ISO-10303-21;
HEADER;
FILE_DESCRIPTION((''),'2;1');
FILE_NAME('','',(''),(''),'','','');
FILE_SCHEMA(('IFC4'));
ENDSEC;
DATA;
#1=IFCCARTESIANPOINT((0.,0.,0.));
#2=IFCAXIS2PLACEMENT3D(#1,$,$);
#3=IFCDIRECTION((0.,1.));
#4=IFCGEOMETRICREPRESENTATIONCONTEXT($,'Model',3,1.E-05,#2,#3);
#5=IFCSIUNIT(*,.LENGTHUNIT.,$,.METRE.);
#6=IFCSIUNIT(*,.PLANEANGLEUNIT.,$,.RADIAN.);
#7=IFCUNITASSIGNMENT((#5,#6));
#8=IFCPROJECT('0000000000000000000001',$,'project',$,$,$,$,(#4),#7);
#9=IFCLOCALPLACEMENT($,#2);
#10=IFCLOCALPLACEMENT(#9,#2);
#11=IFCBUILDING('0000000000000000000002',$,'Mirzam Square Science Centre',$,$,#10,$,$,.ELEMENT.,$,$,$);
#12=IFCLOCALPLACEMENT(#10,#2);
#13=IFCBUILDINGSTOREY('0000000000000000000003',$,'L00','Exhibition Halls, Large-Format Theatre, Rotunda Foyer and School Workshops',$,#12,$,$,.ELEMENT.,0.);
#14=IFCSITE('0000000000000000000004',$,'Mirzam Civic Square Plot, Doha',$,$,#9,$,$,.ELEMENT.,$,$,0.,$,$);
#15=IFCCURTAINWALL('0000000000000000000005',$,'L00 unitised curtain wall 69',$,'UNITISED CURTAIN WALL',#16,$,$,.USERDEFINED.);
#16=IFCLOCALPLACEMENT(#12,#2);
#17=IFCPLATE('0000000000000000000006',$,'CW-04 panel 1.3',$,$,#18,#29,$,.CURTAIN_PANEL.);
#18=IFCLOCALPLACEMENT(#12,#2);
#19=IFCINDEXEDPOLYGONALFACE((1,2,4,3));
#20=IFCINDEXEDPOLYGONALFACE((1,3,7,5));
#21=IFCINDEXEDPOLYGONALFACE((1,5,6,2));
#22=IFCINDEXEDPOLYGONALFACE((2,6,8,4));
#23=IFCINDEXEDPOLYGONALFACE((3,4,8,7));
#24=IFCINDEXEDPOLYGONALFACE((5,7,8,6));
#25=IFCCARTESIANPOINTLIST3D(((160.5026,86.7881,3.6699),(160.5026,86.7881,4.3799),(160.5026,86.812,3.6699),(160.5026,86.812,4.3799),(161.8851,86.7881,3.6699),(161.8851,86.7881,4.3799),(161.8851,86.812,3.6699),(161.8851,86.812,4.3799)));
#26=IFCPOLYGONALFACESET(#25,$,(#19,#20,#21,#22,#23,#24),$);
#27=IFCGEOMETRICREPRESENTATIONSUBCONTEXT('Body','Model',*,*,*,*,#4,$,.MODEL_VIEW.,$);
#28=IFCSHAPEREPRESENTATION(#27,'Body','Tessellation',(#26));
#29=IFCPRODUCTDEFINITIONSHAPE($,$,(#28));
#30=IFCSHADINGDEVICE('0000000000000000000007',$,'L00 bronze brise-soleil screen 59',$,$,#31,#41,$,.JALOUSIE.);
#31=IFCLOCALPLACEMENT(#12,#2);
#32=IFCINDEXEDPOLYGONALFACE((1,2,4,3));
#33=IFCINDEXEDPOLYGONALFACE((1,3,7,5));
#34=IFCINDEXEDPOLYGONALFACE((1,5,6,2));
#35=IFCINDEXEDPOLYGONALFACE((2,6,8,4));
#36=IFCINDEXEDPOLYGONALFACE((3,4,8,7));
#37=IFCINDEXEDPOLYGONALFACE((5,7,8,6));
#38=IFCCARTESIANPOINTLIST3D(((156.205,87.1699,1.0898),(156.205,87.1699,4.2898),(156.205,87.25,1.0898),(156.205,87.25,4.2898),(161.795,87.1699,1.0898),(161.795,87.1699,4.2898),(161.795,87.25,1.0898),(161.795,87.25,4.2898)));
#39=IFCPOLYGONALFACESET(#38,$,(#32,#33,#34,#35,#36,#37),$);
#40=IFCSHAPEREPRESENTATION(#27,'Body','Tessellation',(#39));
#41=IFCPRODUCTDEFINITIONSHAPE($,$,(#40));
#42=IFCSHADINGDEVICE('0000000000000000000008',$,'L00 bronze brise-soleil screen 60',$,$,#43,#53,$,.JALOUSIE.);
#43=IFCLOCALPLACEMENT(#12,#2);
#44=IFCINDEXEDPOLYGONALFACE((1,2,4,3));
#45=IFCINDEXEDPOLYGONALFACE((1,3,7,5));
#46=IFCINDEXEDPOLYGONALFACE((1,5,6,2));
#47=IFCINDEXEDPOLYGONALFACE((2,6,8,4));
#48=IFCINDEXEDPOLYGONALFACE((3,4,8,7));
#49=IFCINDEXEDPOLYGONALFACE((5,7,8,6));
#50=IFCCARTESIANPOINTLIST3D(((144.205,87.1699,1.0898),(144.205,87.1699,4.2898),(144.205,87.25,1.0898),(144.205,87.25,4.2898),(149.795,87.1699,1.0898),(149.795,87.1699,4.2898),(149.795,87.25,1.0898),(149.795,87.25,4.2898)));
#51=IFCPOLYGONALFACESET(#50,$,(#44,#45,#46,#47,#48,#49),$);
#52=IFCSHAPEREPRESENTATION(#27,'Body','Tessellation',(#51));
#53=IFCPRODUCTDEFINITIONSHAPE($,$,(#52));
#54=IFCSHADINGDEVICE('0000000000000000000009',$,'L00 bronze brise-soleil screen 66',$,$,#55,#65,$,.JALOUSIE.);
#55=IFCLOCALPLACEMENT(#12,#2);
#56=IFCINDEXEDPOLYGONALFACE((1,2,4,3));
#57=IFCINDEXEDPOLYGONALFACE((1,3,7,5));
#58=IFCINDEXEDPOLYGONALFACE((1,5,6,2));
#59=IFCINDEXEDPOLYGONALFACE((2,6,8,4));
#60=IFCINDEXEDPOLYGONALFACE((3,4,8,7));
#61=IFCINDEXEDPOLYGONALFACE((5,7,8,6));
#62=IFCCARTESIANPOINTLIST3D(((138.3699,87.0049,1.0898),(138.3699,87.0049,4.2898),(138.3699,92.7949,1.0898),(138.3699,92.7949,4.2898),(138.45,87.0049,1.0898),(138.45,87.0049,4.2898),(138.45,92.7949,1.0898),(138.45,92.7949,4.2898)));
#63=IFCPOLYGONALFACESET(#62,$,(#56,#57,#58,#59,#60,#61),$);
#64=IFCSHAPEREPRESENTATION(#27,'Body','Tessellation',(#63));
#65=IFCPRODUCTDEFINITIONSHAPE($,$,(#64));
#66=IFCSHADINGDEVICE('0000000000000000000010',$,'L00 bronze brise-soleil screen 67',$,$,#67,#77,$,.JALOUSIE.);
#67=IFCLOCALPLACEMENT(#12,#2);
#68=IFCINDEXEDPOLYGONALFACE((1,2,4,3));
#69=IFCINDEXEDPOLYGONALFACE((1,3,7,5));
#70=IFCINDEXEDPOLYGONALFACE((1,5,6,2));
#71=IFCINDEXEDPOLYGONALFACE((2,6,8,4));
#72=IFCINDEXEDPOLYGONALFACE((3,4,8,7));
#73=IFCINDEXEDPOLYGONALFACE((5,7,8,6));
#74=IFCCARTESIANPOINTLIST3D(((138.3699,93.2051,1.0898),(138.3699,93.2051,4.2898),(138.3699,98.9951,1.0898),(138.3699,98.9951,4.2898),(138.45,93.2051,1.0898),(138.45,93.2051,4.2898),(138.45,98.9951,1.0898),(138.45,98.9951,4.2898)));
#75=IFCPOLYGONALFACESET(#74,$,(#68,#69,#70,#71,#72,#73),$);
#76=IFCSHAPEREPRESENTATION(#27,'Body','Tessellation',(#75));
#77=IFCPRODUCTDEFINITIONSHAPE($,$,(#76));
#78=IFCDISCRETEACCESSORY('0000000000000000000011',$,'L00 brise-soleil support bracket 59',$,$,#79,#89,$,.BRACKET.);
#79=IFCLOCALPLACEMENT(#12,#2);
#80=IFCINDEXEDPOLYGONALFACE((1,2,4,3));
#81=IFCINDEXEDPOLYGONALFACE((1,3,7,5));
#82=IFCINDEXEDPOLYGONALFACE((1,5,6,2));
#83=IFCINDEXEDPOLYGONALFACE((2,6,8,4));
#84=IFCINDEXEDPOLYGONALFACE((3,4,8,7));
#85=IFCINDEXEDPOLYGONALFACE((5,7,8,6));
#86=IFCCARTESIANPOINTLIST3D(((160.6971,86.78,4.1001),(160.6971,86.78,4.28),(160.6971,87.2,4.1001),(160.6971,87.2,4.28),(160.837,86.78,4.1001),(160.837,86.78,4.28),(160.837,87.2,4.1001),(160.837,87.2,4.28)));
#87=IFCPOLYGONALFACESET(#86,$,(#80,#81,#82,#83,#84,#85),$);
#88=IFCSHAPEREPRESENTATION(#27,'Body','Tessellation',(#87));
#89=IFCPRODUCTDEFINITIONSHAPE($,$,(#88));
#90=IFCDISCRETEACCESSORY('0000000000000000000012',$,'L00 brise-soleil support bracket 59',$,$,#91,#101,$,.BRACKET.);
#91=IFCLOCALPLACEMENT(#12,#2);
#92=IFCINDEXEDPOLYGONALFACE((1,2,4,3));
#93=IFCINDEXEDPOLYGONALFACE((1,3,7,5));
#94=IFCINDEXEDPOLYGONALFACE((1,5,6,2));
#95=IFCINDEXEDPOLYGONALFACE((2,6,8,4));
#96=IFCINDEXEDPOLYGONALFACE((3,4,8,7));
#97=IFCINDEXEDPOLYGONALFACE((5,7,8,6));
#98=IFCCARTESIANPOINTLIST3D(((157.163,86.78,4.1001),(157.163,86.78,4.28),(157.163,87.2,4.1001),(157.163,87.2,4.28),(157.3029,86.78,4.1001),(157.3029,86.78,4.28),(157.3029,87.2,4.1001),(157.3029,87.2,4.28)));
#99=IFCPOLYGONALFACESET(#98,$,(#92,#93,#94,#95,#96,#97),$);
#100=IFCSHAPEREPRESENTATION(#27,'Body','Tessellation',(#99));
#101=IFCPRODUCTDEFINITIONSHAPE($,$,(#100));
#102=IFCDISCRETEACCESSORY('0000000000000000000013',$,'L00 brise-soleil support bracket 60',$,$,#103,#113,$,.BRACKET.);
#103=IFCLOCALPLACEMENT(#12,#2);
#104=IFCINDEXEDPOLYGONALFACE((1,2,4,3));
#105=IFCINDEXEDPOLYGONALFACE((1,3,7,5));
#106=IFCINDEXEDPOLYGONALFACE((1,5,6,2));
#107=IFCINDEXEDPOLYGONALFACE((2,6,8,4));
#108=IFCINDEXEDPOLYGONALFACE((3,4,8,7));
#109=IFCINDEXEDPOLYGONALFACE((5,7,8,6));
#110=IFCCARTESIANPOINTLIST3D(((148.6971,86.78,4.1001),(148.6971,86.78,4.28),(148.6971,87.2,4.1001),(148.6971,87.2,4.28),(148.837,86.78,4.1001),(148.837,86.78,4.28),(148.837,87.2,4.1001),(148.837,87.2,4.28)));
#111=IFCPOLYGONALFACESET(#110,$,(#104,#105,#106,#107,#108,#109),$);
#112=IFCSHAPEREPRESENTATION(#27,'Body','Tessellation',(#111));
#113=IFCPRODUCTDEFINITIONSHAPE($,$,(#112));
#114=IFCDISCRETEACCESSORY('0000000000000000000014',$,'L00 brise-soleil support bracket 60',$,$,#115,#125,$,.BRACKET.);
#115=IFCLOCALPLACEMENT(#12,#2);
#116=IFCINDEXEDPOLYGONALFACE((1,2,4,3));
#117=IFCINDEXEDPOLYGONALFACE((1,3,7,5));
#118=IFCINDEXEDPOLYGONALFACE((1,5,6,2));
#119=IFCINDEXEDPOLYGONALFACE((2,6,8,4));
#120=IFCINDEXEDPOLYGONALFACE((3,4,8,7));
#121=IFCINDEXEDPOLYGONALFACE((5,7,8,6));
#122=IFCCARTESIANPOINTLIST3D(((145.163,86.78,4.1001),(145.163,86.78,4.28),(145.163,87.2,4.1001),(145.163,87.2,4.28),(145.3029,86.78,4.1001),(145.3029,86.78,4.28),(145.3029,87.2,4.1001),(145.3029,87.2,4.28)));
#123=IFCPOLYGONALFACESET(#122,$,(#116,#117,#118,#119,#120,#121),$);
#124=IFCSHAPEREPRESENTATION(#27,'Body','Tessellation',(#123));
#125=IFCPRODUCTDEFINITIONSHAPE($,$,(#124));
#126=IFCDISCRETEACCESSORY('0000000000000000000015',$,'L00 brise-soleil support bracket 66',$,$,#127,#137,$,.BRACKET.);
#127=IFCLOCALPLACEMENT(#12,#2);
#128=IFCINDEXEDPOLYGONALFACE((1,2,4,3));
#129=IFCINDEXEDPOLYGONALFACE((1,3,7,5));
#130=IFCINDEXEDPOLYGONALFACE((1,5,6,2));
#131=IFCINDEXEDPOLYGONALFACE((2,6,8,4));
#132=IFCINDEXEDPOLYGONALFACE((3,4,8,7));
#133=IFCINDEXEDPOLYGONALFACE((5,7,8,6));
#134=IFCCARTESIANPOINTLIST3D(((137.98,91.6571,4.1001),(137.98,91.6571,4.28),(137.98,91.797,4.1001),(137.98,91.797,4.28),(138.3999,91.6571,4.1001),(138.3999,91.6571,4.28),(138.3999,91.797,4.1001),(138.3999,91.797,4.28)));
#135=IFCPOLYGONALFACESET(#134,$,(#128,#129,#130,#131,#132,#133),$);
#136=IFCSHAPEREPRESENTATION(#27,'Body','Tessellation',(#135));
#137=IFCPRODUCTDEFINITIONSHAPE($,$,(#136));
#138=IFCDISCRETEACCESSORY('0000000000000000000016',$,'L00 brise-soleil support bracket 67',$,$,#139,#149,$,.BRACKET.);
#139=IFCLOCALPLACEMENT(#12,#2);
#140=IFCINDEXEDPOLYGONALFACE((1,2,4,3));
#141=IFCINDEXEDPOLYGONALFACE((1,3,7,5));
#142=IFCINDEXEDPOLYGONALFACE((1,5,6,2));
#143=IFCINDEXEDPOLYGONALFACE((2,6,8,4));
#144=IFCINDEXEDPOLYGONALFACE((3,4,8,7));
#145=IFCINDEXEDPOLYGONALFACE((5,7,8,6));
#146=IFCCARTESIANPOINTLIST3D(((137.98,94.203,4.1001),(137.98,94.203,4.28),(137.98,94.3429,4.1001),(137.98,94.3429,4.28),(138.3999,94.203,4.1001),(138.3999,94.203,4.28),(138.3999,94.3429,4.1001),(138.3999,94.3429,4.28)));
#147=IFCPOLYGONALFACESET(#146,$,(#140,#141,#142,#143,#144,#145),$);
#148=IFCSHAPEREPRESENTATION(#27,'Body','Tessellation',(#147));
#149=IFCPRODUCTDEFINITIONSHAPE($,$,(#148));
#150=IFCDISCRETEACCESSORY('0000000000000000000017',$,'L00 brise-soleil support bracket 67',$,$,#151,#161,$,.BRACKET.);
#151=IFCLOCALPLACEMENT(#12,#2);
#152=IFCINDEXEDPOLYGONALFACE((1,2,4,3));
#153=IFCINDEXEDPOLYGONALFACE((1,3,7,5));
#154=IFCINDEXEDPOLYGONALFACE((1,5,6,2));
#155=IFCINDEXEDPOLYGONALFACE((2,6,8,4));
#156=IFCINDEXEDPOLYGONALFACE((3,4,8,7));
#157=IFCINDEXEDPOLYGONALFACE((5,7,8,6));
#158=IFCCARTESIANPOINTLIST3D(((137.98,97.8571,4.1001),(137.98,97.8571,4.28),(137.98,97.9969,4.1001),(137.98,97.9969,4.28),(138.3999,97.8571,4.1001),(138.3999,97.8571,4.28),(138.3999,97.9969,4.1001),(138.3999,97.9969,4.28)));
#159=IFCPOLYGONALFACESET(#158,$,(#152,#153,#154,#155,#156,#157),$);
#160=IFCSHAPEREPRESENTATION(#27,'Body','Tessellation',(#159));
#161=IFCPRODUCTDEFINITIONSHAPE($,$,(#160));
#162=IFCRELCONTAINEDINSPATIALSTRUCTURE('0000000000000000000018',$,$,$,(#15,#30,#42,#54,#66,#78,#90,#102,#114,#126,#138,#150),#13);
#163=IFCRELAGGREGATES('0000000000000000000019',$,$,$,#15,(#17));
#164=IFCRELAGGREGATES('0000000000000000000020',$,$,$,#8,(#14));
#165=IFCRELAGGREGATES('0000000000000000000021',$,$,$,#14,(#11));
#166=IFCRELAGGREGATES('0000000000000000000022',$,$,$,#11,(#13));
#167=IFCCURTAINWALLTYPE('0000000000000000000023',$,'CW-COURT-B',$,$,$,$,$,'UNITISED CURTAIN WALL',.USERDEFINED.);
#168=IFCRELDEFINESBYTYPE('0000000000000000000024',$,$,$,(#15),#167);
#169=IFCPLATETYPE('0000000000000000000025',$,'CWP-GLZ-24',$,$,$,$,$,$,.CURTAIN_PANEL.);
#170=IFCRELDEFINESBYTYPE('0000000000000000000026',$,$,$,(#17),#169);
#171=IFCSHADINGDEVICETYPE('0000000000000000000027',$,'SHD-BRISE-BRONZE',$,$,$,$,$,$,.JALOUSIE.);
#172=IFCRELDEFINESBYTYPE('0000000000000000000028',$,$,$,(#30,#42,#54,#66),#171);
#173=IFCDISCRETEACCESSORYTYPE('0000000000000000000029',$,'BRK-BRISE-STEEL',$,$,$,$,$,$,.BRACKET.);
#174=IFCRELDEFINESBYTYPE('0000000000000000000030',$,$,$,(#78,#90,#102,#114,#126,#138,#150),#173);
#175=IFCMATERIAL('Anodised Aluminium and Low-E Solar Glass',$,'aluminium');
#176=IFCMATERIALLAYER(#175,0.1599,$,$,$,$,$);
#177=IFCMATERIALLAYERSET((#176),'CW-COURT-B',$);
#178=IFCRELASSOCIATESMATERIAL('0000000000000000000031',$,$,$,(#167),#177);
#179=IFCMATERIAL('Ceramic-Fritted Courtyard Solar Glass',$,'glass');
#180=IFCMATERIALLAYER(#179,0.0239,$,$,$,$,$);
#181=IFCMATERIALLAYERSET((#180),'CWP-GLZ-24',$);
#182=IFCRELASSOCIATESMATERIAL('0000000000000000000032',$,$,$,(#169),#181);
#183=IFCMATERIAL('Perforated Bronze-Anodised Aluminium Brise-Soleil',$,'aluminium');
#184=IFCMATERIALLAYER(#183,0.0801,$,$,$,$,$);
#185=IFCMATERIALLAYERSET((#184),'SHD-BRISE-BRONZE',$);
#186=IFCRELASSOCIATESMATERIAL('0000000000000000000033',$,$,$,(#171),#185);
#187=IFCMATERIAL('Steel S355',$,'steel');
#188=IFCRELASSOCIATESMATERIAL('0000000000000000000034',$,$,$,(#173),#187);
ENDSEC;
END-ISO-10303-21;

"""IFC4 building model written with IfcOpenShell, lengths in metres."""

from ifc_helpers import new_model, si_unit, direction, frame, origin, origin_2d, place, context, subcontext, project, spatial, rectangle, extrude, material, layer, layer_set, type_object, element, aggregate, save


model = new_model("IFC4")

# Units and contexts
model_context = context("Model", 3, precision=1e-05, world=origin(), true_north=direction((0.0, 1.0)))
body_context = subcontext(model_context, "Body", "Model", "MODEL_VIEW")
ifc_project = project(units=[si_unit("LENGTHUNIT", "METRE"), si_unit("PLANEANGLEUNIT", "RADIAN")], contexts=[model_context])

# Site, building, storey
site_placement = place(None, origin())
site = spatial("IfcSite", under=ifc_project, at=site_placement, Name="Mirzam Civic Square Plot, Doha", CompositionType="ELEMENT", RefElevation=0.0)
building_placement = place(site_placement, origin())
building = spatial("IfcBuilding", under=site, at=building_placement, Name="Mirzam Square Science Centre", CompositionType="ELEMENT")
storey_placement = place(building_placement, origin())
storey = spatial("IfcBuildingStorey", under=building, at=storey_placement, Name="L00", Description="Exhibition Halls, Large-Format Theatre, Rotunda Foyer and School Workshops", CompositionType="ELEMENT", Elevation=0.0)

# Shared definitions
ifc_material_1 = material(Name="Steel S355", Category="steel")

# Curtain wall, plate
ifc_material_2 = material(Name="Anodised Aluminium and Low-E Solar Glass", Category="aluminium")
ifc_layer_1 = layer(ifc_material_2, 0.1599)
ifc_layer_set_1 = layer_set([ifc_layer_1], Name="CW-COURT-B")
curtain_wall_type = type_object("IfcCurtainWallType", Name="CW-COURT-B", ElementType="UNITISED CURTAIN WALL", PredefinedType="USERDEFINED", material=ifc_layer_set_1)
curtain_wall_placement = place(storey_placement, origin())
curtain_wall = element("IfcCurtainWall", 1, at=curtain_wall_placement, inside=storey, type_object=curtain_wall_type, Name="L00 unitised curtain wall 69", ObjectType="UNITISED CURTAIN WALL", PredefinedType="USERDEFINED")
ifc_material_3 = material(Name="Ceramic-Fritted Courtyard Solar Glass", Category="glass")
ifc_layer_2 = layer(ifc_material_3, 0.0239)
ifc_layer_set_2 = layer_set([ifc_layer_2], Name="CWP-GLZ-24")
plate_type = type_object("IfcPlateType", Name="CWP-GLZ-24", PredefinedType="CURTAIN_PANEL", material=ifc_layer_set_2)
plate_1_placement = place(storey_placement, frame((161.1938, 86.8, 3.6699), z_axis=(0.0, 0.0, 1.0), x_axis=(-1.0, 0.0, 0.0)))
plate_1 = element("IfcPlate", 2, at=plate_1_placement, type_object=plate_type, Name="CW-04 panel 1.3", PredefinedType="CURTAIN_PANEL", context=body_context, shape_type="SweptSolid", body=[
    extrude(rectangle(XDim=1.3826, YDim=0.0239, at=origin_2d()), origin(), (0.0, 0.0, 1.0), 0.71),
])
aggregate(curtain_wall, [plate_1])

# Shading devices
ifc_material_4 = material(Name="Perforated Bronze-Anodised Aluminium Brise-Soleil", Category="aluminium")
ifc_layer_3 = layer(ifc_material_4, 0.0801)
ifc_layer_set_3 = layer_set([ifc_layer_3], Name="SHD-BRISE-BRONZE")
shading_device_type = type_object("IfcShadingDeviceType", Name="SHD-BRISE-BRONZE", PredefinedType="JALOUSIE", material=ifc_layer_set_3)
for number, where, z_axis, x_axis, name in (
    (3, (159.0, 87.21, 1.0898), (0.0, 0.0, 1.0), (-1.0, 0.0, 0.0), "L00 bronze brise-soleil screen 59"),
    (4, (147.0, 87.21, 1.0898), (0.0, 0.0, 1.0), (-1.0, 0.0, 0.0), "L00 bronze brise-soleil screen 60"),
):
    element("IfcShadingDevice", number, at=place(storey_placement, frame(where, z_axis=z_axis, x_axis=x_axis)), inside=storey, type_object=shading_device_type, Name=name, PredefinedType="JALOUSIE", context=body_context, shape_type="SweptSolid", body=[
        extrude(rectangle(XDim=5.5901, YDim=0.0801, at=origin_2d()), origin(), (0.0, 0.0, 1.0), 3.2),
    ])
for number, where, z_axis, x_axis, name in (
    (5, (138.4099, 89.8999, 1.0898), (0.0, 0.0, 1.0), (0.0, 1.0, 0.0), "L00 bronze brise-soleil screen 66"),
    (6, (138.4099, 96.1001, 1.0898), (0.0, 0.0, 1.0), (0.0, 1.0, 0.0), "L00 bronze brise-soleil screen 67"),
):
    element("IfcShadingDevice", number, at=place(storey_placement, frame(where, z_axis=z_axis, x_axis=x_axis)), inside=storey, type_object=shading_device_type, Name=name, PredefinedType="JALOUSIE", context=body_context, shape_type="SweptSolid", body=[
        extrude(rectangle(XDim=5.79, YDim=0.0801, at=origin_2d()), origin(), (0.0, 0.0, 1.0), 3.2),
    ])

# Discrete accessories
discrete_accessory_type = type_object("IfcDiscreteAccessoryType", Name="BRK-BRISE-STEEL", PredefinedType="BRACKET", material=ifc_material_1)
for number, where, z_axis, x_axis, name in (
    (7, (160.7671, 86.99, 4.1001), (0.0, 0.0, 1.0), (-1.0, 0.0, 0.0), "L00 brise-soleil support bracket 59"),
    (8, (157.2329, 86.99, 4.1001), (0.0, 0.0, 1.0), (-1.0, 0.0, 0.0), "L00 brise-soleil support bracket 59"),
    (9, (148.7671, 86.99, 4.1001), (0.0, 0.0, 1.0), (-1.0, 0.0, 0.0), "L00 brise-soleil support bracket 60"),
    (10, (145.2329, 86.99, 4.1001), (0.0, 0.0, 1.0), (-1.0, 0.0, 0.0), "L00 brise-soleil support bracket 60"),
    (11, (138.1899, 91.7271, 4.1001), (0.0, 0.0, 1.0), (0.0, 1.0, 0.0), "L00 brise-soleil support bracket 66"),
    (12, (138.1899, 94.2729, 4.1001), (0.0, 0.0, 1.0), (0.0, 1.0, 0.0), "L00 brise-soleil support bracket 67"),
    (13, (138.1899, 97.927, 4.1001), (0.0, 0.0, 1.0), (0.0, 1.0, 0.0), "L00 brise-soleil support bracket 67"),
):
    element("IfcDiscreteAccessory", number, at=place(storey_placement, frame(where, z_axis=z_axis, x_axis=x_axis)), inside=storey, type_object=discrete_accessory_type, Name=name, PredefinedType="BRACKET", context=body_context, shape_type="SweptSolid", body=[
        extrude(rectangle(XDim=0.1399, YDim=0.4199, at=origin_2d()), origin(), (0.0, 0.0, 1.0), 0.1799),
    ])

save(model, "model.ifc")
